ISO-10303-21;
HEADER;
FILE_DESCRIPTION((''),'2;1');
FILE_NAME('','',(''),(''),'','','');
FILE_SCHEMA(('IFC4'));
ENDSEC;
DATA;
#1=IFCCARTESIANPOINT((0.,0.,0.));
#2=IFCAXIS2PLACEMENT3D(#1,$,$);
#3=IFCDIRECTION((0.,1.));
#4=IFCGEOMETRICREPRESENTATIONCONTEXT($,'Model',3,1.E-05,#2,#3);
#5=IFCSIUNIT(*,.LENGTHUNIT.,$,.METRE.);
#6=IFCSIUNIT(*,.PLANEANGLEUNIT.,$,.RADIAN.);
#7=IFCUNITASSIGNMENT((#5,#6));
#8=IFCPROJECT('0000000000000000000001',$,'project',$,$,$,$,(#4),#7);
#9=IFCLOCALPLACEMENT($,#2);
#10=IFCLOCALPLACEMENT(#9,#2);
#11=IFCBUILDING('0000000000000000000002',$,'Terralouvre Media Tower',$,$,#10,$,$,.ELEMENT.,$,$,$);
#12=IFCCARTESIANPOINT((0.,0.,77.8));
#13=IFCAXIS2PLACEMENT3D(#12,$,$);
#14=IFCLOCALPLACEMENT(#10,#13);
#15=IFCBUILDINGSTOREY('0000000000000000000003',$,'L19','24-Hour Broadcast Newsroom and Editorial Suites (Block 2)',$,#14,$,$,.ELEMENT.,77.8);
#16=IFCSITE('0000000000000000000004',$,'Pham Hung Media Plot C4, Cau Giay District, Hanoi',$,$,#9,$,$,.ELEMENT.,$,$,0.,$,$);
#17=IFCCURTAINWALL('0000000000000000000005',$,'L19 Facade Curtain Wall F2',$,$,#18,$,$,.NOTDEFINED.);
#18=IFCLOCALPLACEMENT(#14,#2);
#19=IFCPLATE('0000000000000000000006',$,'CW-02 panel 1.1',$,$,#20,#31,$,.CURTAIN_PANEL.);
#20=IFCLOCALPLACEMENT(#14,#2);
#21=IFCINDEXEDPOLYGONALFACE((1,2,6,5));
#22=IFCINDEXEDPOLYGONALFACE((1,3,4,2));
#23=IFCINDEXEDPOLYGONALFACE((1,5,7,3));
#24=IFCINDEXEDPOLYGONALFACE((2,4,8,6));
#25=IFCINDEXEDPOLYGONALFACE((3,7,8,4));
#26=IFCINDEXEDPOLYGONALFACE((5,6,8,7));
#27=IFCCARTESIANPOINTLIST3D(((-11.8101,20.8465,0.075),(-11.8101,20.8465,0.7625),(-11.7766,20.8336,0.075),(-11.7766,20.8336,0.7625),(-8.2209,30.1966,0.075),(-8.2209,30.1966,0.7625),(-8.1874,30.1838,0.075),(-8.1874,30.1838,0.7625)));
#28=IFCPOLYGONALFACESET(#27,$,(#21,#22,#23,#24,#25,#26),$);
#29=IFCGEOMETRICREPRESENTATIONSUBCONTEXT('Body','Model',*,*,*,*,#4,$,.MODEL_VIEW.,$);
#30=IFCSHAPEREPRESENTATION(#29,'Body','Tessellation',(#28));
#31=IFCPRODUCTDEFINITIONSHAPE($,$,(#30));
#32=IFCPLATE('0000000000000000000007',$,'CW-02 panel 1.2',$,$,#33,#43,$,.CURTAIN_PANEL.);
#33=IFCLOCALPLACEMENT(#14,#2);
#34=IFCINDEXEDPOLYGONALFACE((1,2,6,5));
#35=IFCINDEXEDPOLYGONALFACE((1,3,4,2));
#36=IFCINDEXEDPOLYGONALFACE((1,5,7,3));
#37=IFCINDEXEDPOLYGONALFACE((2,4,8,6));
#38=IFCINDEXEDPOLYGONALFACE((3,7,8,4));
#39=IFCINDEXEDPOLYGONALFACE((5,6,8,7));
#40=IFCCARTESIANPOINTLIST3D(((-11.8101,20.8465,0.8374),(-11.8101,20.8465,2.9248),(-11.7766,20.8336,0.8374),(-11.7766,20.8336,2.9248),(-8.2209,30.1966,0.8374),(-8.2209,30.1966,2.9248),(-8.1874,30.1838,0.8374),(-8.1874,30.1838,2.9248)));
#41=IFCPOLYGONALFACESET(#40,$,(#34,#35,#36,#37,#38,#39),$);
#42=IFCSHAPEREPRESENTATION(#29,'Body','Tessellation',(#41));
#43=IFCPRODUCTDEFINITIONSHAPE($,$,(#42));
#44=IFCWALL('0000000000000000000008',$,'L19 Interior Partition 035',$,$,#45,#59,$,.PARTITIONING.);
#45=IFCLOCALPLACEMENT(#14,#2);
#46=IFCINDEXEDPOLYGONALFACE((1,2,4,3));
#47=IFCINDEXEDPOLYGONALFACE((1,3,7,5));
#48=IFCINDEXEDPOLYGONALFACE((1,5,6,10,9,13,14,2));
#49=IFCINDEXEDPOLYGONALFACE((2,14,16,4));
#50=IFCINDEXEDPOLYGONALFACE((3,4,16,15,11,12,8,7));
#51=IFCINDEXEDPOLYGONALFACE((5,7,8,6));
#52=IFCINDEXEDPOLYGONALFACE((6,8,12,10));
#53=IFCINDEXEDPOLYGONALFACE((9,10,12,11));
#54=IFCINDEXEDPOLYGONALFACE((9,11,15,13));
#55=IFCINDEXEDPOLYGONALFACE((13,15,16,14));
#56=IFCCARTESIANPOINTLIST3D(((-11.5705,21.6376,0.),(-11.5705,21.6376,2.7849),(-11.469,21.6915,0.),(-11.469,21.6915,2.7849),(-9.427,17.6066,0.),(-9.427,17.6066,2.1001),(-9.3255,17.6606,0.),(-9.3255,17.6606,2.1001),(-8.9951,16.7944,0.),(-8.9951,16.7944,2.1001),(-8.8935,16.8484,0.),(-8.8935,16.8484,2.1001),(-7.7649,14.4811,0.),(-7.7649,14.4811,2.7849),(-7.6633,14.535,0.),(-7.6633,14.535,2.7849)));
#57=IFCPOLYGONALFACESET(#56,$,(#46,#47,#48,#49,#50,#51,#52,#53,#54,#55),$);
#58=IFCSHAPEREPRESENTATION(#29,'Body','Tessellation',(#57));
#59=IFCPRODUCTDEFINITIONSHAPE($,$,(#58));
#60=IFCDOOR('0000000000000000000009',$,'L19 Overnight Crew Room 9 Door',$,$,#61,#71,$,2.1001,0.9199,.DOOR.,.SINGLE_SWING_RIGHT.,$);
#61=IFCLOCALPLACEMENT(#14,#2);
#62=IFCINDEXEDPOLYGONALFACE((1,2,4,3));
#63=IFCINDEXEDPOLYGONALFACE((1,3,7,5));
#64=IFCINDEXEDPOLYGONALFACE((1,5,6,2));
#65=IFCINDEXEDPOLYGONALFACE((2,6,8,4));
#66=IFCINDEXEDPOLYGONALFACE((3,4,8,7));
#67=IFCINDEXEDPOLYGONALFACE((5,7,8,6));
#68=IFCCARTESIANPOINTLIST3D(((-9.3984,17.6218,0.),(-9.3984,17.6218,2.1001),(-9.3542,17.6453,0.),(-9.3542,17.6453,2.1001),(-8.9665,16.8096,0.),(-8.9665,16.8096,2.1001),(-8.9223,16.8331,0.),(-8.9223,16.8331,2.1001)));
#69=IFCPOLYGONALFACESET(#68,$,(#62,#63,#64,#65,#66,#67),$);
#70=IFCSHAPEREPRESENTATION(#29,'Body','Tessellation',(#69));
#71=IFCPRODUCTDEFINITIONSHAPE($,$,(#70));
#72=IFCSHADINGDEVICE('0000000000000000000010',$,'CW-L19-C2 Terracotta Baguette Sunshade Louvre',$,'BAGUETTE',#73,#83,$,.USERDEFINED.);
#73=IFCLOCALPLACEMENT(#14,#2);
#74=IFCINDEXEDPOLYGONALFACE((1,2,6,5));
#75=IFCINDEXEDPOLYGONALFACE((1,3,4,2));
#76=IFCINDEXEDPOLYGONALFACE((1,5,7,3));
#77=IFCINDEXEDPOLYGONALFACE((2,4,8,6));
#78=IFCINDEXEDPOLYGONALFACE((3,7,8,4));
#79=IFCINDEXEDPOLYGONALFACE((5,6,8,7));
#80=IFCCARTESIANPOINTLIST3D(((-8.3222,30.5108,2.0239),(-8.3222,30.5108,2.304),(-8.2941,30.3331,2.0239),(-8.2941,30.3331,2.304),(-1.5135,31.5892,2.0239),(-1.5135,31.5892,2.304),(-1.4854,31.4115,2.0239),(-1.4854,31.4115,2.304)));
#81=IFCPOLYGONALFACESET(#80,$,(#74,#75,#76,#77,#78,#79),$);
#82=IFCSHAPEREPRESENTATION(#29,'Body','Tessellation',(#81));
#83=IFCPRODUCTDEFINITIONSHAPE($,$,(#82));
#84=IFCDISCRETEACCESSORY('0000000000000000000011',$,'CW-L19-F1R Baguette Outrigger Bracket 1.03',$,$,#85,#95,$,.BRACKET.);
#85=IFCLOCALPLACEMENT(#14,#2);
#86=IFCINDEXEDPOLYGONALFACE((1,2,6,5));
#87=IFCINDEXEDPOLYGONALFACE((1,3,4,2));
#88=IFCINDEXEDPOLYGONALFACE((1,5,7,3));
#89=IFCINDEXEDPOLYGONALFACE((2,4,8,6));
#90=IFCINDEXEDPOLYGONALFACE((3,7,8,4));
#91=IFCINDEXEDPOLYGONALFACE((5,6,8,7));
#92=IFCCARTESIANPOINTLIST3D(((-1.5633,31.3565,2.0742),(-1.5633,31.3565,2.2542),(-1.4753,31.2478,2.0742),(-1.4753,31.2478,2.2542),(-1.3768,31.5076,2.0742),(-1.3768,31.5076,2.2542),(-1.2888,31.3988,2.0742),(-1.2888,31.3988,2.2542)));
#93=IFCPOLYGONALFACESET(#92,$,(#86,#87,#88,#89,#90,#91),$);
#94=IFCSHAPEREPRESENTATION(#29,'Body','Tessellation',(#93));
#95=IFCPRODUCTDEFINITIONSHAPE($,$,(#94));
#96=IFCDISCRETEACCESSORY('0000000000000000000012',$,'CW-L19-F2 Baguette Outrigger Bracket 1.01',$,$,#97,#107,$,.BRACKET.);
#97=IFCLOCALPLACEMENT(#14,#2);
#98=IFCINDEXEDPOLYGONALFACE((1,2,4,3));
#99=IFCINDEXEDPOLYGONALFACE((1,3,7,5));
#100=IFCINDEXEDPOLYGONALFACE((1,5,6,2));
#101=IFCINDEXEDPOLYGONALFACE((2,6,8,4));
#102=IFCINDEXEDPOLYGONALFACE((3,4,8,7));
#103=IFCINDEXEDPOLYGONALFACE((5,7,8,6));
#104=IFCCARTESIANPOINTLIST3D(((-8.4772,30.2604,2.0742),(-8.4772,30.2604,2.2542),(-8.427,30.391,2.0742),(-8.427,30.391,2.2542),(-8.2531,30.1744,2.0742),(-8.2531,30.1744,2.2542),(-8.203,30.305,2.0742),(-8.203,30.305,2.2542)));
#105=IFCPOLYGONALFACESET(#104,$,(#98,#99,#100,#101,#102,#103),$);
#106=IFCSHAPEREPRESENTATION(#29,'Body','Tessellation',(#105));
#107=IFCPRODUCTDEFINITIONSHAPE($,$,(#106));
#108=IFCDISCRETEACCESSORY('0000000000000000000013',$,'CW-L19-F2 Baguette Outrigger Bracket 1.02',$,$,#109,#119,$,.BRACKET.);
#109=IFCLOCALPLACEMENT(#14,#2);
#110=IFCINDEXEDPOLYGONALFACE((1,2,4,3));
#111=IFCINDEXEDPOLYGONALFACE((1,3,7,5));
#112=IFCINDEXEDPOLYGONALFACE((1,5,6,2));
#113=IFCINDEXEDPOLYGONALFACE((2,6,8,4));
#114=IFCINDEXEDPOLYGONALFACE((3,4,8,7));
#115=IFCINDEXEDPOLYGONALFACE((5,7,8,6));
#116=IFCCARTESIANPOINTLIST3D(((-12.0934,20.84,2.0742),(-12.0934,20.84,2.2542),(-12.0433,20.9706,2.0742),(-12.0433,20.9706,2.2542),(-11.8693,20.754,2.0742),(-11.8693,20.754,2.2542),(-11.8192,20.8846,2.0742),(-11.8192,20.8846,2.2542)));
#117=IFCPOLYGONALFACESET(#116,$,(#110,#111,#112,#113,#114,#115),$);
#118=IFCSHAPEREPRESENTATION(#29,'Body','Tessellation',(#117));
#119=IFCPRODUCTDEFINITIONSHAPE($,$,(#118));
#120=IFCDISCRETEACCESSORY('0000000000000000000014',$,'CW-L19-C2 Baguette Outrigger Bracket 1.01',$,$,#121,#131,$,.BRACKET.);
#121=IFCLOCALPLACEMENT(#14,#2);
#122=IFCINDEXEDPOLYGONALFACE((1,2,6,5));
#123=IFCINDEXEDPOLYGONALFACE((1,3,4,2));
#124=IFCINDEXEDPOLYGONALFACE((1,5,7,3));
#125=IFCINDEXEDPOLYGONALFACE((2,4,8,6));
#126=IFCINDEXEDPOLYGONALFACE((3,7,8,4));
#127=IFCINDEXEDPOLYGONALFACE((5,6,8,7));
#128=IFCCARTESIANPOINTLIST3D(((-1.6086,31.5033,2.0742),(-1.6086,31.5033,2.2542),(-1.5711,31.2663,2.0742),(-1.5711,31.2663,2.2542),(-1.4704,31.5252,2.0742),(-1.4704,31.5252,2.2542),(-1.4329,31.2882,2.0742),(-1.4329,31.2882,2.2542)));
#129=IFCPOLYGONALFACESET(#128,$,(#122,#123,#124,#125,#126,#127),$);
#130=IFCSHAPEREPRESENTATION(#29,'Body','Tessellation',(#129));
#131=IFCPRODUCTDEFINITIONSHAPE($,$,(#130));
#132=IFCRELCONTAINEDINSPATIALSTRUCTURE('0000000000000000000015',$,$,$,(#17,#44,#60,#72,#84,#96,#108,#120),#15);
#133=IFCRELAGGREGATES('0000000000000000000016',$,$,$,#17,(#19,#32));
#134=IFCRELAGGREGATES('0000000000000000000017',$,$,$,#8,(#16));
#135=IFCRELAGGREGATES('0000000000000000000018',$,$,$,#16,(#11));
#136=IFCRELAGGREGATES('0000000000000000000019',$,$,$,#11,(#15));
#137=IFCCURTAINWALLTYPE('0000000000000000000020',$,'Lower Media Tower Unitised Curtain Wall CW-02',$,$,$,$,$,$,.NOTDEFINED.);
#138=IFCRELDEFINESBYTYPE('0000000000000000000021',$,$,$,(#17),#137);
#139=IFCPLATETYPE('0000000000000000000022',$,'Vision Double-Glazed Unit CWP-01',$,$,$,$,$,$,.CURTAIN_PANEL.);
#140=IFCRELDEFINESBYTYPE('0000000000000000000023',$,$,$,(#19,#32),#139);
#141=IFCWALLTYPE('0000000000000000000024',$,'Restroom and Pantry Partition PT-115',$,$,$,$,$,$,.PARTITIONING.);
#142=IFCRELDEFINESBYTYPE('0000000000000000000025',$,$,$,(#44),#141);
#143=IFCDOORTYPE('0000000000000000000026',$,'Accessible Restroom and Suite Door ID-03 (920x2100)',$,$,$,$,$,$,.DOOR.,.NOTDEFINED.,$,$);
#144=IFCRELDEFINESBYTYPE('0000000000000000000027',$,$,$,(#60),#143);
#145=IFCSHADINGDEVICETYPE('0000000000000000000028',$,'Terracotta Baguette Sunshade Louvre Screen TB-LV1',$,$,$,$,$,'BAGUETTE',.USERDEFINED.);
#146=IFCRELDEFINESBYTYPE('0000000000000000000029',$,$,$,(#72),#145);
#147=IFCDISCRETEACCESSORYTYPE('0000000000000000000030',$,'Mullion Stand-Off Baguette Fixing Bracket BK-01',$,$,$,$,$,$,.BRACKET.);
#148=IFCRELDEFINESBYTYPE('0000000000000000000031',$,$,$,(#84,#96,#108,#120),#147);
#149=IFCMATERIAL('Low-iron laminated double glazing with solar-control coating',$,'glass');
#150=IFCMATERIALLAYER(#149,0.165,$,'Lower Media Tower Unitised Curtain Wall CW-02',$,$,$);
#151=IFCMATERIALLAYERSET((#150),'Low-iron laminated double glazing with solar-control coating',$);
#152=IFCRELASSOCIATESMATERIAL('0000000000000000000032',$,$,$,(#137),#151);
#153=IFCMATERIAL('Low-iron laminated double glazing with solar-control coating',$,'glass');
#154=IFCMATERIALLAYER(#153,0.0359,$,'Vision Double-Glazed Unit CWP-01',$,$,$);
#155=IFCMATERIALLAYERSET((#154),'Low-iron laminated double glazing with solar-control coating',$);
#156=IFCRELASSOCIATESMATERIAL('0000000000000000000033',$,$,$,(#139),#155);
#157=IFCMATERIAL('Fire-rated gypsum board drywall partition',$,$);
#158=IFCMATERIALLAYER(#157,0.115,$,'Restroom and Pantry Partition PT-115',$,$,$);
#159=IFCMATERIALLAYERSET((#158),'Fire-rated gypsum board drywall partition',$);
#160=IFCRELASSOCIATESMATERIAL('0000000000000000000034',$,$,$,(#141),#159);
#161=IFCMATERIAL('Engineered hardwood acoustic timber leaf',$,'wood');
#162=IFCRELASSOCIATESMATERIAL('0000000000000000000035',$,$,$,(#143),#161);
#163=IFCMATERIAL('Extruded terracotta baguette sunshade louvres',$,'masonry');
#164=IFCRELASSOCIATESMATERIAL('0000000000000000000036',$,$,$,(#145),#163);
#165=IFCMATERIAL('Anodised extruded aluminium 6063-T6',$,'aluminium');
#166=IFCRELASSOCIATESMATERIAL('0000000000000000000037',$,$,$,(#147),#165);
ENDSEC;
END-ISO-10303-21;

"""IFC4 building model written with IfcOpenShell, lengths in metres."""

from ifc_helpers import new_model, si_unit, direction, frame, frame_2d, origin, origin_2d, place, context, subcontext, project, spatial, rectangle, extrude, material, layer, layer_set, type_object, element, fill, aggregate, save


model = new_model("IFC4")

# Units and contexts
model_context = context("Model", 3, precision=1e-05, world=origin(), true_north=direction((0.0, 1.0)))
body_context = subcontext(model_context, "Body", "Model", "MODEL_VIEW")
ifc_project = project(units=[si_unit("LENGTHUNIT", "METRE"), si_unit("PLANEANGLEUNIT", "RADIAN")], contexts=[model_context])

# Site, building, storey
site_placement = place(None, origin())
site = spatial("IfcSite", under=ifc_project, at=site_placement, Name="Pham Hung Media Plot C4, Cau Giay District, Hanoi", CompositionType="ELEMENT", RefElevation=0.0)
building_placement = place(site_placement, origin())
building = spatial("IfcBuilding", under=site, at=building_placement, Name="Terralouvre Media Tower", CompositionType="ELEMENT")
storey_placement = place(building_placement, frame((0.0, 0.0, 77.8)))
storey = spatial("IfcBuildingStorey", under=building, at=storey_placement, Name="L19", Description="24-Hour Broadcast Newsroom and Editorial Suites (Block 2)", CompositionType="ELEMENT", Elevation=77.8)

# Curtain wall
ifc_material_1 = material(Name="Low-iron laminated double glazing with solar-control coating", Category="glass")
ifc_layer_1 = layer(ifc_material_1, 0.165, Name="Lower Media Tower Unitised Curtain Wall CW-02")
ifc_layer_set_1 = layer_set([ifc_layer_1], Name="Low-iron laminated double glazing with solar-control coating")
curtain_wall_type_1 = type_object("IfcCurtainWallType", Name="Lower Media Tower Unitised Curtain Wall CW-02", PredefinedType="NOTDEFINED", material=ifc_layer_set_1)
curtain_wall_1_placement = place(storey_placement, origin())
curtain_wall_1 = element("IfcCurtainWall", 1, at=curtain_wall_1_placement, inside=storey, type_object=curtain_wall_type_1, Name="L19 Facade Curtain Wall F2", PredefinedType="NOTDEFINED")

# Plates
ifc_material_2 = material(Name="Low-iron laminated double glazing with solar-control coating", Category="glass")
ifc_layer_2 = layer(ifc_material_2, 0.0359, Name="Vision Double-Glazed Unit CWP-01")
ifc_layer_set_2 = layer_set([ifc_layer_2], Name="Low-iron laminated double glazing with solar-control coating")
plate_type_1 = type_object("IfcPlateType", Name="Vision Double-Glazed Unit CWP-01", PredefinedType="CURTAIN_PANEL", material=ifc_layer_set_2)
plate_1_placement = place(storey_placement, frame((-9.9988, 25.5151, 0.075), z_axis=(0.0, 0.0, 1.0), x_axis=(-0.358368, -0.93358, 0.0)))
plate_1 = element("IfcPlate", 2, at=plate_1_placement, type_object=plate_type_1, Name="CW-02 panel 1.1", PredefinedType="CURTAIN_PANEL", context=body_context, shape_type="SweptSolid", body=[
    extrude(rectangle(XDim=10.0154, YDim=0.0359, at=origin_2d()), origin(), (0.0, 0.0, 1.0), 0.6875),
])
plate_2_placement = place(storey_placement, frame((-9.9988, 25.5151, 0.8374), z_axis=(0.0, 0.0, 1.0), x_axis=(-0.358368, -0.93358, 0.0)))
plate_2 = element("IfcPlate", 3, at=plate_2_placement, type_object=plate_type_1, Name="CW-02 panel 1.2", PredefinedType="CURTAIN_PANEL", context=body_context, shape_type="SweptSolid", body=[
    extrude(rectangle(XDim=10.0154, YDim=0.0359, at=origin_2d()), origin(), (0.0, 0.0, 1.0), 2.0874),
])
aggregate(curtain_wall_1, [plate_1, plate_2])

# Wall, opening, door
ifc_material_3 = material(Name="Fire-rated gypsum board drywall partition")
ifc_layer_3 = layer(ifc_material_3, 0.115, Name="Restroom and Pantry Partition PT-115")
ifc_layer_set_3 = layer_set([ifc_layer_3], Name="Fire-rated gypsum board drywall partition")
wall_type = type_object("IfcWallType", Name="Restroom and Pantry Partition PT-115", PredefinedType="PARTITIONING", material=ifc_layer_set_3)
wall_placement = place(storey_placement, frame((-11.5198, 21.6646, 0.0), z_axis=(0.0, 0.0, 1.0), x_axis=(0.469519, -0.882923, 0.0)))
wall = element("IfcWall", 4, at=wall_placement, inside=storey, type_object=wall_type, Name="L19 Interior Partition 035", PredefinedType="PARTITIONING", context=body_context, shape_type="SweptSolid", body=[
    extrude(rectangle(XDim=8.1055, YDim=0.115, at=frame_2d((4.0527, 0.0))), origin(), (0.0, 0.0, 1.0), 2.7849),
])
opening_placement = place(wall_placement, frame((4.5654, 0.0, 0.0)))
opening = element("IfcOpeningElement", 5, at=opening_placement, cuts=wall, PredefinedType="OPENING", context=body_context, shape_type="SweptSolid", body=[
    extrude(rectangle(XDim=0.9199, YDim=2.1001, at=frame_2d((0.46, 1.05))), frame((0.0, 0.0674, 0.0), z_axis=(0.0, -1.0, 0.0), x_axis=(1.0, 0.0, 0.0)), (0.0, 0.0, 1.0), 0.135),
])
ifc_material_4 = material(Name="Engineered hardwood acoustic timber leaf", Category="wood")
door_type = type_object("IfcDoorType", Name="Accessible Restroom and Suite Door ID-03 (920x2100)", OperationType="NOTDEFINED", PredefinedType="DOOR", material=ifc_material_4)
door_placement = place(opening_placement, origin())
door = element("IfcDoor", 6, at=door_placement, inside=storey, type_object=door_type, Name="L19 Overnight Crew Room 9 Door", OperationType="SINGLE_SWING_RIGHT", OverallHeight=2.1001, OverallWidth=0.9199, PredefinedType="DOOR", context=body_context, shape_type="SweptSolid", body=[
    extrude(rectangle(XDim=0.9199, YDim=2.1001, at=frame_2d((0.46, 1.05))), frame((0.0, 0.0249, 0.0), z_axis=(0.0, -1.0, 0.0), x_axis=(1.0, 0.0, 0.0)), (0.0, 0.0, 1.0), 0.05),
])
fill(opening, door)

# Shading device
ifc_material_5 = material(Name="Extruded terracotta baguette sunshade louvres", Category="masonry")
shading_device_type = type_object("IfcShadingDeviceType", Name="Terracotta Baguette Sunshade Louvre Screen TB-LV1", ElementType="BAGUETTE", PredefinedType="USERDEFINED", material=ifc_material_5)
shading_device_placement = place(storey_placement, frame((-4.9038, 30.9612, 2.0239), z_axis=(0.0, 0.0, 1.0), x_axis=(-0.987688, -0.156434, 0.0)))
element("IfcShadingDevice", 7, at=shading_device_placement, inside=storey, type_object=shading_device_type, Name="CW-L19-C2 Terracotta Baguette Sunshade Louvre", ObjectType="BAGUETTE", PredefinedType="USERDEFINED", context=body_context, shape_type="SweptSolid", body=[
    extrude(rectangle(XDim=6.8936, YDim=0.1799, at=origin_2d()), origin(), (0.0, 0.0, 1.0), 0.28),
])

# Discrete accessories
ifc_material_6 = material(Name="Anodised extruded aluminium 6063-T6", Category="aluminium")
discrete_accessory_type = type_object("IfcDiscreteAccessoryType", Name="Mullion Stand-Off Baguette Fixing Bracket BK-01", PredefinedType="BRACKET", material=ifc_material_6)
for number, where, z_axis, x_axis, name in (
    (8, (-1.426, 31.3777, 2.0742), (0.0, 0.0, 1.0), (-0.629321, 0.777146, 0.0), "CW-L19-F1R Baguette Outrigger Bracket 1.03"),
    (9, (-8.3401, 30.2827, 2.0742), (0.0, 0.0, 1.0), (-0.358368, -0.93358, 0.0), "CW-L19-F2 Baguette Outrigger Bracket 1.01"),
    (10, (-11.9563, 20.8623, 2.0742), (0.0, 0.0, 1.0), (-0.358368, -0.93358, 0.0), "CW-L19-F2 Baguette Outrigger Bracket 1.02"),
    (11, (-1.5208, 31.3958, 2.0742), (0.0, 0.0, 1.0), (-0.987688, -0.156434, 0.0), "CW-L19-C2 Baguette Outrigger Bracket 1.01"),
):
    element("IfcDiscreteAccessory", number, at=place(storey_placement, frame(where, z_axis=z_axis, x_axis=x_axis)), inside=storey, type_object=discrete_accessory_type, Name=name, PredefinedType="BRACKET", context=body_context, shape_type="SweptSolid", body=[
        extrude(rectangle(XDim=0.1399, YDim=0.24, at=origin_2d()), origin(), (0.0, 0.0, 1.0), 0.1799),
    ])

save(model, "model.ifc")
